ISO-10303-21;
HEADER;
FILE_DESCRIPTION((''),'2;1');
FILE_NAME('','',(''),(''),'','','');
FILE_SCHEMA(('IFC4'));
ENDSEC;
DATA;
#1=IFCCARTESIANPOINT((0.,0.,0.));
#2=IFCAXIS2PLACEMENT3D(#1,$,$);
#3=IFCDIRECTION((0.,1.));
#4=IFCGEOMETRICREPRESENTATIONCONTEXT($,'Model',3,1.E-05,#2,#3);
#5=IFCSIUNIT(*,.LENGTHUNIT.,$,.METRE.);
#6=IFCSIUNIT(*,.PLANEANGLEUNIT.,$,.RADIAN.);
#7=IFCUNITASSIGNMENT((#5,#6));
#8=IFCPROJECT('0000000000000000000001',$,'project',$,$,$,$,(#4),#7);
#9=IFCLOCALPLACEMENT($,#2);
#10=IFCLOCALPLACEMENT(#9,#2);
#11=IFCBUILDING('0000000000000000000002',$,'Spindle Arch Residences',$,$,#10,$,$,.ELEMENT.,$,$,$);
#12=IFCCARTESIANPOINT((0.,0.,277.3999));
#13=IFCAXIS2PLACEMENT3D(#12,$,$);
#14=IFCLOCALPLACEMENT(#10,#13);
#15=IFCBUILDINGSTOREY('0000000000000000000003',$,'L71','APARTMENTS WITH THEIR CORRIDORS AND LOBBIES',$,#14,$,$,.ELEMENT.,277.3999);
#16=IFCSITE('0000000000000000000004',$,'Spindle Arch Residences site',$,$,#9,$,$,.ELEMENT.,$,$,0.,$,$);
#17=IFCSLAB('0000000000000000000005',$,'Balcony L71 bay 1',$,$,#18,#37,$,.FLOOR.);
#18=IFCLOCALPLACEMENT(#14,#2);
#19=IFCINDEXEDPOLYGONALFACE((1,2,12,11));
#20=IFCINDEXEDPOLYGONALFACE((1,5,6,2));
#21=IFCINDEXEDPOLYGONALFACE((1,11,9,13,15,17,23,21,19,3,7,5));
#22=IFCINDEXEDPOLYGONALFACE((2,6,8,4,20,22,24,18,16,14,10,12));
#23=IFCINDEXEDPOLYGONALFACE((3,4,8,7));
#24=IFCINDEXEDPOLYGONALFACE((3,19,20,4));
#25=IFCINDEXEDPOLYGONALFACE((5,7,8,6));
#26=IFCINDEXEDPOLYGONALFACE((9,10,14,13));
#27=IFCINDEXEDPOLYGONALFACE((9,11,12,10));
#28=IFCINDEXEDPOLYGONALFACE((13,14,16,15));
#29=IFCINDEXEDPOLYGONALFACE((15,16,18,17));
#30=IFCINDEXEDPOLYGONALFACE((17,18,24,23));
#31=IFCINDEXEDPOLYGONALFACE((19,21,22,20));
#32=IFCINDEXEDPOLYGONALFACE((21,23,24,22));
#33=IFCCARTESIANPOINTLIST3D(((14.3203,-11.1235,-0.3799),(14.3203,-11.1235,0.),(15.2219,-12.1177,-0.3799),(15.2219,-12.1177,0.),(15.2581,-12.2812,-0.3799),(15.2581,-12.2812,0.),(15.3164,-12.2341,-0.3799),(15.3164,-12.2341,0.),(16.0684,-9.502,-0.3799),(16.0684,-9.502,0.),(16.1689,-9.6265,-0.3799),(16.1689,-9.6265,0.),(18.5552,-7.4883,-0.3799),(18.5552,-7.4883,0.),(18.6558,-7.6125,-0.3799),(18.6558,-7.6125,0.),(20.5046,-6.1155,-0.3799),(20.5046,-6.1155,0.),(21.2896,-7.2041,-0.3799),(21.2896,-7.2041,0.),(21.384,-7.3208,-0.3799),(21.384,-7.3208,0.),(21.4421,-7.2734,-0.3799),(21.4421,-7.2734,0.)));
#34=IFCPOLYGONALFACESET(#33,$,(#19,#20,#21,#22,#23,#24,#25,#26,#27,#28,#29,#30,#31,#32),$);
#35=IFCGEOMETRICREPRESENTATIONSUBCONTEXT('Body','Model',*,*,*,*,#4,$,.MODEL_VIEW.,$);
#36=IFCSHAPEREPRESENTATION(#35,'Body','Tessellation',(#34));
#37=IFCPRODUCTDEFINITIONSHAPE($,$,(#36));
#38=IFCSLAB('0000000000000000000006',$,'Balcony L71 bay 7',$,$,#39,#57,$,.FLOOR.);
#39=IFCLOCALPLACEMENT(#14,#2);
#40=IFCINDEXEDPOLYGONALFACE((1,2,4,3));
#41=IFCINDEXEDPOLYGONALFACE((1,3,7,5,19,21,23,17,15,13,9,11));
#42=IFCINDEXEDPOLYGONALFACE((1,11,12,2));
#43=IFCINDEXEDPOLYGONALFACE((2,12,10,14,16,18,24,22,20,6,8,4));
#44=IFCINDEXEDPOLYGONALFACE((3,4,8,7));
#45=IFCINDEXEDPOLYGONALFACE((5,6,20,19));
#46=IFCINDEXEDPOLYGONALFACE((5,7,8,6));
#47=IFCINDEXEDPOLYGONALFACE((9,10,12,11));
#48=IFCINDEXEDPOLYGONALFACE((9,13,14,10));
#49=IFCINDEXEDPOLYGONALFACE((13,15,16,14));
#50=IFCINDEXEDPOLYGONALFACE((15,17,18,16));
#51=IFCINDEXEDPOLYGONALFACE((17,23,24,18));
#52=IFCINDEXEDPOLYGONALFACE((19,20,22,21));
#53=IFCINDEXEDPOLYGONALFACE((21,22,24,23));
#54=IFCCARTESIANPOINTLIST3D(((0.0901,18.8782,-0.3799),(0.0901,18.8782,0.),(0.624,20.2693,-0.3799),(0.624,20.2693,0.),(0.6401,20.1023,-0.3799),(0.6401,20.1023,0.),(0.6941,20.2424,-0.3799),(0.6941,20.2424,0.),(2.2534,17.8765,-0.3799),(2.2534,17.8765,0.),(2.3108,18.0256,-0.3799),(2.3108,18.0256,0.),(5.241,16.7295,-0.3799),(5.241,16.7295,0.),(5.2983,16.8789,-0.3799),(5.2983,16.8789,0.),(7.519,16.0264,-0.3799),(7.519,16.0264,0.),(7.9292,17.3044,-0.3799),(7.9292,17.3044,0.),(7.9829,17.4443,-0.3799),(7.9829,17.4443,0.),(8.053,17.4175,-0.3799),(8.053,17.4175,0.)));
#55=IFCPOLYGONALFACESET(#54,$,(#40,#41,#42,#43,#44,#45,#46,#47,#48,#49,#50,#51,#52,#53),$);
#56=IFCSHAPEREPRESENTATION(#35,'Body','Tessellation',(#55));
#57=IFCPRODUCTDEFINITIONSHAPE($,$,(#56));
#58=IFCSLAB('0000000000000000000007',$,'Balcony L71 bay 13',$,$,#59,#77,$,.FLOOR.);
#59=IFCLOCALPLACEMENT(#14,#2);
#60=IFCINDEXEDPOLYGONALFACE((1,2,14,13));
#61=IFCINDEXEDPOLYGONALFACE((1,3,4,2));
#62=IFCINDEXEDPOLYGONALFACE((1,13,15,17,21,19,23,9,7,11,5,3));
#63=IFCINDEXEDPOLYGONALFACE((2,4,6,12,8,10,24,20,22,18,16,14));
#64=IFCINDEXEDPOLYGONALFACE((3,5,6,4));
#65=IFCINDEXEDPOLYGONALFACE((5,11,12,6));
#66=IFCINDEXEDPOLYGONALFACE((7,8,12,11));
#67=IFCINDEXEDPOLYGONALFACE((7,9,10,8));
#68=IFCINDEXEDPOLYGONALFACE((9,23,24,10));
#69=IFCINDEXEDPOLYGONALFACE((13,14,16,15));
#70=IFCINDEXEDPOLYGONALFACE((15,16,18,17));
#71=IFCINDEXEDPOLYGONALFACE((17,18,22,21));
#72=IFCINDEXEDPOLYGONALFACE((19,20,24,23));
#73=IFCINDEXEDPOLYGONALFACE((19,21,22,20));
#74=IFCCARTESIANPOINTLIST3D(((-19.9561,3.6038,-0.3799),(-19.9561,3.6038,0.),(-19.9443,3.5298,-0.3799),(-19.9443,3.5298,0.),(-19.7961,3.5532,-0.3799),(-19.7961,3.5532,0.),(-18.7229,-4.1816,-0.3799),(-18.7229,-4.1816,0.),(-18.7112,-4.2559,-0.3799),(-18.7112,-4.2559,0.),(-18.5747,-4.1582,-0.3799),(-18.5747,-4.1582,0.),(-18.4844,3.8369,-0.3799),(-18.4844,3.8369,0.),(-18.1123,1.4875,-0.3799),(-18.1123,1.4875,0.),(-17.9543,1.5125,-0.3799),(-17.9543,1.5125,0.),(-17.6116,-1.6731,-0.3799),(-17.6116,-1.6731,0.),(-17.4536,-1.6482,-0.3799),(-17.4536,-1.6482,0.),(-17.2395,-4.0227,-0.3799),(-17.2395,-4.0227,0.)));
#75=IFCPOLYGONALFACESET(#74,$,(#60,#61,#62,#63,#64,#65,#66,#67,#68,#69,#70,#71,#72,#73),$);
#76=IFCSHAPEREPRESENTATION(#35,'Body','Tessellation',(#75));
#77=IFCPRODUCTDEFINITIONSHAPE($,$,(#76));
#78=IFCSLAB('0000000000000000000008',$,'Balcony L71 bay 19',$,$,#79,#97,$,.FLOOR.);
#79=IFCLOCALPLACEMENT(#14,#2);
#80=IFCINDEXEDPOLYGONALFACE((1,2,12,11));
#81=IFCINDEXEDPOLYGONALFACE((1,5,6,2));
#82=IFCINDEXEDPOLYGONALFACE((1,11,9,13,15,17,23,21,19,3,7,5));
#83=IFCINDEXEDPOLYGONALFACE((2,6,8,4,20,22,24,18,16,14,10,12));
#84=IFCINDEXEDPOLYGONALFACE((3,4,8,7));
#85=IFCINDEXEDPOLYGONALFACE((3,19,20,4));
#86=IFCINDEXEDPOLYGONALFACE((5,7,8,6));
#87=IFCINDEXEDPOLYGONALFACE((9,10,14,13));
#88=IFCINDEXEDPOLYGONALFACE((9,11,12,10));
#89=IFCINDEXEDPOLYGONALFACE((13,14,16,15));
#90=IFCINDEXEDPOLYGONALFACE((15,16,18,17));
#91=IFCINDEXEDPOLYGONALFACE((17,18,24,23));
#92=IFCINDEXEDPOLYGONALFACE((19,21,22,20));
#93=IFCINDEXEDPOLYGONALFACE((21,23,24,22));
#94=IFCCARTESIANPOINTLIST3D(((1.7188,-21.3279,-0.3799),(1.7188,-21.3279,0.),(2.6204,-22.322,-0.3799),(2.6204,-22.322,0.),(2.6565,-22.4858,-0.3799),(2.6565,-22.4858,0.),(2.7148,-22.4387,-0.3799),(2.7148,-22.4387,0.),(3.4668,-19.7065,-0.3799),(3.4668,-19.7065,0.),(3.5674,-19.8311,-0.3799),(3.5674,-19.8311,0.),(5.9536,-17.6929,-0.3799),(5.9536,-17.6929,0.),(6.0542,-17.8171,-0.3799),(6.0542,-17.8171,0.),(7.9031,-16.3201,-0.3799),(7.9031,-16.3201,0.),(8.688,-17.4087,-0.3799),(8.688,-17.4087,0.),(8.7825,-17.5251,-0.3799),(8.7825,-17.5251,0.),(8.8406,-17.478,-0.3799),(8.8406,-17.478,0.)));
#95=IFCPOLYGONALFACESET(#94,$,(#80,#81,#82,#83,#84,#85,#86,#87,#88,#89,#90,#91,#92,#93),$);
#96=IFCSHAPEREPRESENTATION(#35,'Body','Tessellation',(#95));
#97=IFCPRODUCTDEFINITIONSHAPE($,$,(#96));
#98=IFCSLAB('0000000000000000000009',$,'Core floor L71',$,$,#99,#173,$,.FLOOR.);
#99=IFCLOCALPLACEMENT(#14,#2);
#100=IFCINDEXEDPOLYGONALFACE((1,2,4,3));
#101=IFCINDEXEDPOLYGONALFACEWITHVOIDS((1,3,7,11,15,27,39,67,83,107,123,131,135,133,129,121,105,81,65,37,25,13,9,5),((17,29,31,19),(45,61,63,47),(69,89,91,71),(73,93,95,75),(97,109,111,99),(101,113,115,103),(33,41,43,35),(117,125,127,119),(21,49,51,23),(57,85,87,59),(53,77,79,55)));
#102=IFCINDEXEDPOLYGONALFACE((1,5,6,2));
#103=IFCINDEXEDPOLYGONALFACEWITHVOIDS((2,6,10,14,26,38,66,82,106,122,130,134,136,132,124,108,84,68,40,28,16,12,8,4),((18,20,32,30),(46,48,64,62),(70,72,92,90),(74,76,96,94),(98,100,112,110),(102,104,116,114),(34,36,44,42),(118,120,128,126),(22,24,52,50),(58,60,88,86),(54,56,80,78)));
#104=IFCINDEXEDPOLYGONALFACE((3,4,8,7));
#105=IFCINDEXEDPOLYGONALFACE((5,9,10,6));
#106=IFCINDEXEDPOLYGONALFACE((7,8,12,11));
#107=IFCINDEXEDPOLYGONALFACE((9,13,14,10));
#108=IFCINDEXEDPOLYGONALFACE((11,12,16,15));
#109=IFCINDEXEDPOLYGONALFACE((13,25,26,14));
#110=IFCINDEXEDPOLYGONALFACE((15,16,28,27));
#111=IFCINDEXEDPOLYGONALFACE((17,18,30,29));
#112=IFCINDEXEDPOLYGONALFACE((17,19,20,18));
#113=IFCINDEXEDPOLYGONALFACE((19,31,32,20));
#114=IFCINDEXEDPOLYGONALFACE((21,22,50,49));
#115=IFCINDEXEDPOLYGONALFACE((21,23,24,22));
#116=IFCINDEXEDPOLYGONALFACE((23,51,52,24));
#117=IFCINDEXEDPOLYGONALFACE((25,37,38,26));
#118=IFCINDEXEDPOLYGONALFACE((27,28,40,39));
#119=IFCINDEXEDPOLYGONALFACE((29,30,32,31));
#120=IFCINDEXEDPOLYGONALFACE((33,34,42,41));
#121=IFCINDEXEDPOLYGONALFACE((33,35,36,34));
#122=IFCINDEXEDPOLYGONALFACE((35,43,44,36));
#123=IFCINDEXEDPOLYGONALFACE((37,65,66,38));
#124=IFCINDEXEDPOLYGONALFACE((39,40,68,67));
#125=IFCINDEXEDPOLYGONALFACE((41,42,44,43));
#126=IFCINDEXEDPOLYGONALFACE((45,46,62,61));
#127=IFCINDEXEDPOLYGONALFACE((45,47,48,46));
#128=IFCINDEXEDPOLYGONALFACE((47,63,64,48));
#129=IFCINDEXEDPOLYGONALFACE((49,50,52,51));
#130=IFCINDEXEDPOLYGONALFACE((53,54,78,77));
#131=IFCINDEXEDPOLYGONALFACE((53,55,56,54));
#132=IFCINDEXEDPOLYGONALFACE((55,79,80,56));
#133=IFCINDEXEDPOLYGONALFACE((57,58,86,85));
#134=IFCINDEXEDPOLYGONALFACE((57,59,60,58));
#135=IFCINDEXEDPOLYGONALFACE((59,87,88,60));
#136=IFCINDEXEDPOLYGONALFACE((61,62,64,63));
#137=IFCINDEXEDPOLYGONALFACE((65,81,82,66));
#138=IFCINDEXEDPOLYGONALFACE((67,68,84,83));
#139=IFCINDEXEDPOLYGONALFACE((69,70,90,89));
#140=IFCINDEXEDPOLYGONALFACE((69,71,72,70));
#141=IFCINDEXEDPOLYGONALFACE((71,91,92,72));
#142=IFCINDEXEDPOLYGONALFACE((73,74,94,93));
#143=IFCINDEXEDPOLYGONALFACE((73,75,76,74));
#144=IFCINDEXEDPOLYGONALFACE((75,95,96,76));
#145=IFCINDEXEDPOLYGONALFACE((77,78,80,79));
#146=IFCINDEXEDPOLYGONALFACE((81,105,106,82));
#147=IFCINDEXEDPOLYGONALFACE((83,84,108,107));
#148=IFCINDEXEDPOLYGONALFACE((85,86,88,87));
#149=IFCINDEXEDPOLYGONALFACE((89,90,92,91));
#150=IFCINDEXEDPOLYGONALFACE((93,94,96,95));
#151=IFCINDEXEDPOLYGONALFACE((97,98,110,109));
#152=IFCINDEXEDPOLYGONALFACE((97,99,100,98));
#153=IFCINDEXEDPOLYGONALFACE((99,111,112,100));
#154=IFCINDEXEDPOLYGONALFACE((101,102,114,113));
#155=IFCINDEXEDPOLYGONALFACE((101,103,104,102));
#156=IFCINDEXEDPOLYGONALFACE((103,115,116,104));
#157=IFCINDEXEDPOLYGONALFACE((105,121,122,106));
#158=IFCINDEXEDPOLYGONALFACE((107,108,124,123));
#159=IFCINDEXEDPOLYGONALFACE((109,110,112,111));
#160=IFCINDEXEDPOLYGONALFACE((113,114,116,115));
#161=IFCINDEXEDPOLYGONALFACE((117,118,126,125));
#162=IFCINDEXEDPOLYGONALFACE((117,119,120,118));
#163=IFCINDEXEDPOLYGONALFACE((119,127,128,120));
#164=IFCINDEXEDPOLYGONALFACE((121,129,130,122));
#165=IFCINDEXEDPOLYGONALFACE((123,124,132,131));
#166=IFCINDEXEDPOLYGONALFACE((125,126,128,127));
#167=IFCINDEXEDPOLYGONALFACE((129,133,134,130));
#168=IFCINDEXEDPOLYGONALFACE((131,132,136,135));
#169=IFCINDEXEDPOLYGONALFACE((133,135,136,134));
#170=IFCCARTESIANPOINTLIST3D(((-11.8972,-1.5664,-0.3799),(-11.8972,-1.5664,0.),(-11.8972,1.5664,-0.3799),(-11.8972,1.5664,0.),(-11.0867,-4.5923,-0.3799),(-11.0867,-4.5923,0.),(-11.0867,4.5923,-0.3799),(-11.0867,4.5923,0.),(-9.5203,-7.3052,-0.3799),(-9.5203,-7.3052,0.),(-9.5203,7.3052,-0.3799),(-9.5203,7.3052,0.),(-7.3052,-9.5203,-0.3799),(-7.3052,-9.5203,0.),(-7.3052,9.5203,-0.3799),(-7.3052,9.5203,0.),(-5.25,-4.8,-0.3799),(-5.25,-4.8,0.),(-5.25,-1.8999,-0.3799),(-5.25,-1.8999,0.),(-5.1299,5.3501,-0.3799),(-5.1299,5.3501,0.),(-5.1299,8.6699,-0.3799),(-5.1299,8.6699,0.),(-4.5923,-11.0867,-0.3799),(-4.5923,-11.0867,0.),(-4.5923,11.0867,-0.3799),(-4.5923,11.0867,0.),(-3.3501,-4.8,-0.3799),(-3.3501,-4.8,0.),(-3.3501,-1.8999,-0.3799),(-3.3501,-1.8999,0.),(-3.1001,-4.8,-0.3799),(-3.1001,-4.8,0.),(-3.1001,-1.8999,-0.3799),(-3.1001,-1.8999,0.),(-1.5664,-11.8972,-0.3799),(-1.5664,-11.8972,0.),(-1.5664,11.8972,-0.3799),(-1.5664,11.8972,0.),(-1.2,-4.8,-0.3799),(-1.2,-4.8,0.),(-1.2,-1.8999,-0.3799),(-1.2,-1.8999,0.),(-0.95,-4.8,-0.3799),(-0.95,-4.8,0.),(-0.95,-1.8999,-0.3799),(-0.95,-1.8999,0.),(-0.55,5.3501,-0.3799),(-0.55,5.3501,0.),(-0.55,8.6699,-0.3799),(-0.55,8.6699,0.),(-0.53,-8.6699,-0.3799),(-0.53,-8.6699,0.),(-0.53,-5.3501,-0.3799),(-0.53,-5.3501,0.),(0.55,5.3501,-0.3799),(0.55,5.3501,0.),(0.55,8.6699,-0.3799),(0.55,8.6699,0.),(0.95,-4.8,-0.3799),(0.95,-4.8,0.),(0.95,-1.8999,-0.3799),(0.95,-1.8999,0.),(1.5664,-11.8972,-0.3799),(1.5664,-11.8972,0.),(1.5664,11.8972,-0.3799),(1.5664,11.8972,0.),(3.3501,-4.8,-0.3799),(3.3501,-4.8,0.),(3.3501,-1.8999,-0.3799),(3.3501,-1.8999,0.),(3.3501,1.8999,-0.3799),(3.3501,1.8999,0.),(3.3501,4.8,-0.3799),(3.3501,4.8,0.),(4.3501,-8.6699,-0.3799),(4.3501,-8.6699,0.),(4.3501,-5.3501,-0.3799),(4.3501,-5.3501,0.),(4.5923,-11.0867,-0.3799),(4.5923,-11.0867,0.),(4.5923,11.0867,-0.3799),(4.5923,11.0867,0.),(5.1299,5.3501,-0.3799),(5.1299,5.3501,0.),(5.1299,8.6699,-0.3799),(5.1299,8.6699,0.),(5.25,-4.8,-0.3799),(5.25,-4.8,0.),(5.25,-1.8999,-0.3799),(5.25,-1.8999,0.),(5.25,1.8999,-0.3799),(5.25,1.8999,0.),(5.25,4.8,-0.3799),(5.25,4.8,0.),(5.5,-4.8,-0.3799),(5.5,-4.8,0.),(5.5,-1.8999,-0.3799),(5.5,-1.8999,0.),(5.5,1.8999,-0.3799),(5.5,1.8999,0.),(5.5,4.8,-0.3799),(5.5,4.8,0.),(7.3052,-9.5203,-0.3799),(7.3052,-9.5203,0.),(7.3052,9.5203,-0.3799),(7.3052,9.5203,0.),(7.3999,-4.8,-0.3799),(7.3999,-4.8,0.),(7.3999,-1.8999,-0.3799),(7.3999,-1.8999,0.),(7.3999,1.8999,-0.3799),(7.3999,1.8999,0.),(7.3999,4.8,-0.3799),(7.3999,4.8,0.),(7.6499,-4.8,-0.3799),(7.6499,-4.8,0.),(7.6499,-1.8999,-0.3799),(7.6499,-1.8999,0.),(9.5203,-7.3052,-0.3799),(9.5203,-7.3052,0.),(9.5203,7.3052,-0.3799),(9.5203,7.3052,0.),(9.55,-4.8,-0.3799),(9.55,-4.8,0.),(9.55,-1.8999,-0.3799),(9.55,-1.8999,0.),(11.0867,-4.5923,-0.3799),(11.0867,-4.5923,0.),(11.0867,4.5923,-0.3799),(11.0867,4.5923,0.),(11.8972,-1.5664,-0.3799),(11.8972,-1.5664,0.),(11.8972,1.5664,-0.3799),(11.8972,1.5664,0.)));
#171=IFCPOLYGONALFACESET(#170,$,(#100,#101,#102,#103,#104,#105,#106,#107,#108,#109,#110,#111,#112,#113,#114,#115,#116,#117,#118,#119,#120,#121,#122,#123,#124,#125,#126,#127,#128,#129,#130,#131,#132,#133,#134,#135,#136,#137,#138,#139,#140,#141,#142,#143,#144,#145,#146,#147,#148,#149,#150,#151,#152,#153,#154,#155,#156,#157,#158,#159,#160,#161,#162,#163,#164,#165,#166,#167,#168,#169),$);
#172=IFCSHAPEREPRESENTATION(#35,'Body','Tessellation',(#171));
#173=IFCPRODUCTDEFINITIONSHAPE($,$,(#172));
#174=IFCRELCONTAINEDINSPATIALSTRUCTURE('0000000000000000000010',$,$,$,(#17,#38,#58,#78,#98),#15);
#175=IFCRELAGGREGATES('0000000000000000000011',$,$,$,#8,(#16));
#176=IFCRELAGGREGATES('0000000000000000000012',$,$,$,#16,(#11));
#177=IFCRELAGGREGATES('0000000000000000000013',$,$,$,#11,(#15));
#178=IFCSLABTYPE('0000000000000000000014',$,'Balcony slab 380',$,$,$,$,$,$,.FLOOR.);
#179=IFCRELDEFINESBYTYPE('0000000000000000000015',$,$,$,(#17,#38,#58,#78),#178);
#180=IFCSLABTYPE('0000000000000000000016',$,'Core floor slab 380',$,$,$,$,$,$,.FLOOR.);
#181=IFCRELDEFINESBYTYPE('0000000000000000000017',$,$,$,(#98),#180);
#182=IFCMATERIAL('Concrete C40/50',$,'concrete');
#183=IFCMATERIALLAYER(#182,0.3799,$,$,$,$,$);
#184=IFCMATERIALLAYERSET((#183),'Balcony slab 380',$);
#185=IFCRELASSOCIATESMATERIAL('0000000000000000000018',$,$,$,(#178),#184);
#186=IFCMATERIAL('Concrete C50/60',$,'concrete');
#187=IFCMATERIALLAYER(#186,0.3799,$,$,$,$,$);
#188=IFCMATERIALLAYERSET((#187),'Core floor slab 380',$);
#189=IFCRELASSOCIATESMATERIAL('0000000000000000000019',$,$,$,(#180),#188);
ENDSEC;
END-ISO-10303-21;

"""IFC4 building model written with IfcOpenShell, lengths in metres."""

from ifc_helpers import new_model, si_unit, direction, frame, origin, place, context, subcontext, project, spatial, polyline, outline, extrude, material, layer, layer_set, type_object, element, save


model = new_model("IFC4")

# Units and contexts
model_context = context("Model", 3, precision=1e-05, world=origin(), true_north=direction((0.0, 1.0)))
body_context = subcontext(model_context, "Body", "Model", "MODEL_VIEW")
ifc_project = project(units=[si_unit("LENGTHUNIT", "METRE"), si_unit("PLANEANGLEUNIT", "RADIAN")], contexts=[model_context])

# Site, building, storey
site_placement = place(None, origin())
site = spatial("IfcSite", under=ifc_project, at=site_placement, Name="Spindle Arch Residences site", CompositionType="ELEMENT", RefElevation=0.0)
building_placement = place(site_placement, origin())
building = spatial("IfcBuilding", under=site, at=building_placement, Name="Spindle Arch Residences", CompositionType="ELEMENT")
storey_placement = place(building_placement, frame((0.0, 0.0, 277.3999)))
storey = spatial("IfcBuildingStorey", under=building, at=storey_placement, Name="L71", Description="APARTMENTS WITH THEIR CORRIDORS AND LOBBIES", CompositionType="ELEMENT", Elevation=277.3999)

# Slabs
ifc_material_1 = material(Name="Concrete C40/50", Category="concrete")
ifc_layer_1 = layer(ifc_material_1, 0.3799)
ifc_layer_set_1 = layer_set([ifc_layer_1], Name="Balcony slab 380")
slab_type_1 = type_object("IfcSlabType", Name="Balcony slab 380", PredefinedType="FLOOR", material=ifc_layer_set_1)
slab_1_placement = place(storey_placement, frame((0.0, 0.0, -0.3799)))
element("IfcSlab", 1, at=slab_1_placement, inside=storey, type_object=slab_type_1, Name="Balcony L71 bay 1", PredefinedType="FLOOR", context=body_context, shape_type="SweptSolid", body=[
    extrude(outline(polyline([(15.2581, -12.2812), (15.3164, -12.2341), (15.2219, -12.1177), (21.2896, -7.2041), (21.384, -7.3208), (21.4421, -7.2734), (20.5046, -6.1155), (18.6558, -7.6125), (18.5552, -7.4883), (16.0684, -9.502), (16.1689, -9.6265), (14.3203, -11.1235), (15.2581, -12.2812)])), origin(), (0.0, 0.0, 1.0), 0.3799),
])
slab_2_placement = place(storey_placement, frame((0.0, 0.0, -0.3799)))
element("IfcSlab", 2, at=slab_2_placement, inside=storey, type_object=slab_type_1, Name="Balcony L71 bay 7", PredefinedType="FLOOR", context=body_context, shape_type="SweptSolid", body=[
    extrude(outline(polyline([(8.053, 17.4175), (7.9829, 17.4443), (7.9292, 17.3044), (0.6401, 20.1023), (0.6941, 20.2424), (0.624, 20.2693), (0.0901, 18.8782), (2.3108, 18.0256), (2.2534, 17.8765), (5.241, 16.7295), (5.2983, 16.8789), (7.519, 16.0264), (8.053, 17.4175)])), origin(), (0.0, 0.0, 1.0), 0.3799),
])
slab_3_placement = place(storey_placement, frame((0.0, 0.0, -0.3799)))
element("IfcSlab", 3, at=slab_3_placement, inside=storey, type_object=slab_type_1, Name="Balcony L71 bay 13", PredefinedType="FLOOR", context=body_context, shape_type="SweptSolid", body=[
    extrude(outline(polyline([(-19.9561, 3.6038), (-19.9443, 3.5298), (-19.7961, 3.5532), (-18.5747, -4.1582), (-18.7229, -4.1816), (-18.7112, -4.2559), (-17.2395, -4.0227), (-17.6116, -1.6731), (-17.4536, -1.6482), (-17.9543, 1.5125), (-18.1123, 1.4875), (-18.4844, 3.8369), (-19.9561, 3.6038)])), origin(), (0.0, 0.0, 1.0), 0.3799),
])
slab_4_placement = place(storey_placement, frame((0.0, 0.0, -0.3799)))
element("IfcSlab", 4, at=slab_4_placement, inside=storey, type_object=slab_type_1, Name="Balcony L71 bay 19", PredefinedType="FLOOR", context=body_context, shape_type="SweptSolid", body=[
    extrude(outline(polyline([(2.6565, -22.4858), (2.7148, -22.4387), (2.6204, -22.322), (8.688, -17.4087), (8.7825, -17.5251), (8.8406, -17.478), (7.9031, -16.3201), (6.0542, -17.8171), (5.9536, -17.6929), (3.4668, -19.7065), (3.5674, -19.8311), (1.7188, -21.3279), (2.6565, -22.4858)])), origin(), (0.0, 0.0, 1.0), 0.3799),
])
ifc_material_2 = material(Name="Concrete C50/60", Category="concrete")
ifc_layer_2 = layer(ifc_material_2, 0.3799)
ifc_layer_set_2 = layer_set([ifc_layer_2], Name="Core floor slab 380")
slab_type_2 = type_object("IfcSlabType", Name="Core floor slab 380", PredefinedType="FLOOR", material=ifc_layer_set_2)
slab_5_placement = place(storey_placement, frame((0.0, 0.0, -0.3799)))
element("IfcSlab", 5, at=slab_5_placement, inside=storey, type_object=slab_type_2, Name="Core floor L71", PredefinedType="FLOOR", context=body_context, shape_type="SweptSolid", body=[
    extrude(outline(polyline([(1.5664, -11.8972), (4.5923, -11.0867), (7.3052, -9.5203), (9.5203, -7.3052), (11.0867, -4.5923), (11.8972, -1.5664), (11.8972, 1.5664), (11.0867, 4.5923), (9.5203, 7.3052), (7.3052, 9.5203), (4.5923, 11.0867), (1.5664, 11.8972), (-1.5664, 11.8972), (-4.5923, 11.0867), (-7.3052, 9.5203), (-9.5203, 7.3052), (-11.0867, 4.5923), (-11.8972, 1.5664), (-11.8972, -1.5664), (-11.0867, -4.5923), (-9.5203, -7.3052), (-7.3052, -9.5203), (-4.5923, -11.0867), (-1.5664, -11.8972), (1.5664, -11.8972)]), holes=[polyline([(3.3501, 1.8999), (5.25, 1.8999), (5.25, 4.8), (3.3501, 4.8), (3.3501, 1.8999)]), polyline([(5.5, 1.8999), (7.3999, 1.8999), (7.3999, 4.8), (5.5, 4.8), (5.5, 1.8999)]), polyline([(-5.25, -4.8), (-3.3501, -4.8), (-3.3501, -1.8999), (-5.25, -1.8999), (-5.25, -4.8)]), polyline([(-3.1001, -4.8), (-1.2, -4.8), (-1.2, -1.8999), (-3.1001, -1.8999), (-3.1001, -4.8)]), polyline([(-0.95, -4.8), (0.95, -4.8), (0.95, -1.8999), (-0.95, -1.8999), (-0.95, -4.8)]), polyline([(3.3501, -4.8), (5.25, -4.8), (5.25, -1.8999), (3.3501, -1.8999), (3.3501, -4.8)]), polyline([(5.5, -4.8), (7.3999, -4.8), (7.3999, -1.8999), (5.5, -1.8999), (5.5, -4.8)]), polyline([(7.6499, -4.8), (9.55, -4.8), (9.55, -1.8999), (7.6499, -1.8999), (7.6499, -4.8)]), polyline([(5.1299, 8.6699), (0.55, 8.6699), (0.55, 5.3501), (5.1299, 5.3501), (5.1299, 8.6699)]), polyline([(-5.1299, 5.3501), (-0.55, 5.3501), (-0.55, 8.6699), (-5.1299, 8.6699), (-5.1299, 5.3501)]), polyline([(-0.53, -8.6699), (4.3501, -8.6699), (4.3501, -5.3501), (-0.53, -5.3501), (-0.53, -8.6699)])]), origin(), (0.0, 0.0, 1.0), 0.3799),
])

save(model, "model.ifc")
